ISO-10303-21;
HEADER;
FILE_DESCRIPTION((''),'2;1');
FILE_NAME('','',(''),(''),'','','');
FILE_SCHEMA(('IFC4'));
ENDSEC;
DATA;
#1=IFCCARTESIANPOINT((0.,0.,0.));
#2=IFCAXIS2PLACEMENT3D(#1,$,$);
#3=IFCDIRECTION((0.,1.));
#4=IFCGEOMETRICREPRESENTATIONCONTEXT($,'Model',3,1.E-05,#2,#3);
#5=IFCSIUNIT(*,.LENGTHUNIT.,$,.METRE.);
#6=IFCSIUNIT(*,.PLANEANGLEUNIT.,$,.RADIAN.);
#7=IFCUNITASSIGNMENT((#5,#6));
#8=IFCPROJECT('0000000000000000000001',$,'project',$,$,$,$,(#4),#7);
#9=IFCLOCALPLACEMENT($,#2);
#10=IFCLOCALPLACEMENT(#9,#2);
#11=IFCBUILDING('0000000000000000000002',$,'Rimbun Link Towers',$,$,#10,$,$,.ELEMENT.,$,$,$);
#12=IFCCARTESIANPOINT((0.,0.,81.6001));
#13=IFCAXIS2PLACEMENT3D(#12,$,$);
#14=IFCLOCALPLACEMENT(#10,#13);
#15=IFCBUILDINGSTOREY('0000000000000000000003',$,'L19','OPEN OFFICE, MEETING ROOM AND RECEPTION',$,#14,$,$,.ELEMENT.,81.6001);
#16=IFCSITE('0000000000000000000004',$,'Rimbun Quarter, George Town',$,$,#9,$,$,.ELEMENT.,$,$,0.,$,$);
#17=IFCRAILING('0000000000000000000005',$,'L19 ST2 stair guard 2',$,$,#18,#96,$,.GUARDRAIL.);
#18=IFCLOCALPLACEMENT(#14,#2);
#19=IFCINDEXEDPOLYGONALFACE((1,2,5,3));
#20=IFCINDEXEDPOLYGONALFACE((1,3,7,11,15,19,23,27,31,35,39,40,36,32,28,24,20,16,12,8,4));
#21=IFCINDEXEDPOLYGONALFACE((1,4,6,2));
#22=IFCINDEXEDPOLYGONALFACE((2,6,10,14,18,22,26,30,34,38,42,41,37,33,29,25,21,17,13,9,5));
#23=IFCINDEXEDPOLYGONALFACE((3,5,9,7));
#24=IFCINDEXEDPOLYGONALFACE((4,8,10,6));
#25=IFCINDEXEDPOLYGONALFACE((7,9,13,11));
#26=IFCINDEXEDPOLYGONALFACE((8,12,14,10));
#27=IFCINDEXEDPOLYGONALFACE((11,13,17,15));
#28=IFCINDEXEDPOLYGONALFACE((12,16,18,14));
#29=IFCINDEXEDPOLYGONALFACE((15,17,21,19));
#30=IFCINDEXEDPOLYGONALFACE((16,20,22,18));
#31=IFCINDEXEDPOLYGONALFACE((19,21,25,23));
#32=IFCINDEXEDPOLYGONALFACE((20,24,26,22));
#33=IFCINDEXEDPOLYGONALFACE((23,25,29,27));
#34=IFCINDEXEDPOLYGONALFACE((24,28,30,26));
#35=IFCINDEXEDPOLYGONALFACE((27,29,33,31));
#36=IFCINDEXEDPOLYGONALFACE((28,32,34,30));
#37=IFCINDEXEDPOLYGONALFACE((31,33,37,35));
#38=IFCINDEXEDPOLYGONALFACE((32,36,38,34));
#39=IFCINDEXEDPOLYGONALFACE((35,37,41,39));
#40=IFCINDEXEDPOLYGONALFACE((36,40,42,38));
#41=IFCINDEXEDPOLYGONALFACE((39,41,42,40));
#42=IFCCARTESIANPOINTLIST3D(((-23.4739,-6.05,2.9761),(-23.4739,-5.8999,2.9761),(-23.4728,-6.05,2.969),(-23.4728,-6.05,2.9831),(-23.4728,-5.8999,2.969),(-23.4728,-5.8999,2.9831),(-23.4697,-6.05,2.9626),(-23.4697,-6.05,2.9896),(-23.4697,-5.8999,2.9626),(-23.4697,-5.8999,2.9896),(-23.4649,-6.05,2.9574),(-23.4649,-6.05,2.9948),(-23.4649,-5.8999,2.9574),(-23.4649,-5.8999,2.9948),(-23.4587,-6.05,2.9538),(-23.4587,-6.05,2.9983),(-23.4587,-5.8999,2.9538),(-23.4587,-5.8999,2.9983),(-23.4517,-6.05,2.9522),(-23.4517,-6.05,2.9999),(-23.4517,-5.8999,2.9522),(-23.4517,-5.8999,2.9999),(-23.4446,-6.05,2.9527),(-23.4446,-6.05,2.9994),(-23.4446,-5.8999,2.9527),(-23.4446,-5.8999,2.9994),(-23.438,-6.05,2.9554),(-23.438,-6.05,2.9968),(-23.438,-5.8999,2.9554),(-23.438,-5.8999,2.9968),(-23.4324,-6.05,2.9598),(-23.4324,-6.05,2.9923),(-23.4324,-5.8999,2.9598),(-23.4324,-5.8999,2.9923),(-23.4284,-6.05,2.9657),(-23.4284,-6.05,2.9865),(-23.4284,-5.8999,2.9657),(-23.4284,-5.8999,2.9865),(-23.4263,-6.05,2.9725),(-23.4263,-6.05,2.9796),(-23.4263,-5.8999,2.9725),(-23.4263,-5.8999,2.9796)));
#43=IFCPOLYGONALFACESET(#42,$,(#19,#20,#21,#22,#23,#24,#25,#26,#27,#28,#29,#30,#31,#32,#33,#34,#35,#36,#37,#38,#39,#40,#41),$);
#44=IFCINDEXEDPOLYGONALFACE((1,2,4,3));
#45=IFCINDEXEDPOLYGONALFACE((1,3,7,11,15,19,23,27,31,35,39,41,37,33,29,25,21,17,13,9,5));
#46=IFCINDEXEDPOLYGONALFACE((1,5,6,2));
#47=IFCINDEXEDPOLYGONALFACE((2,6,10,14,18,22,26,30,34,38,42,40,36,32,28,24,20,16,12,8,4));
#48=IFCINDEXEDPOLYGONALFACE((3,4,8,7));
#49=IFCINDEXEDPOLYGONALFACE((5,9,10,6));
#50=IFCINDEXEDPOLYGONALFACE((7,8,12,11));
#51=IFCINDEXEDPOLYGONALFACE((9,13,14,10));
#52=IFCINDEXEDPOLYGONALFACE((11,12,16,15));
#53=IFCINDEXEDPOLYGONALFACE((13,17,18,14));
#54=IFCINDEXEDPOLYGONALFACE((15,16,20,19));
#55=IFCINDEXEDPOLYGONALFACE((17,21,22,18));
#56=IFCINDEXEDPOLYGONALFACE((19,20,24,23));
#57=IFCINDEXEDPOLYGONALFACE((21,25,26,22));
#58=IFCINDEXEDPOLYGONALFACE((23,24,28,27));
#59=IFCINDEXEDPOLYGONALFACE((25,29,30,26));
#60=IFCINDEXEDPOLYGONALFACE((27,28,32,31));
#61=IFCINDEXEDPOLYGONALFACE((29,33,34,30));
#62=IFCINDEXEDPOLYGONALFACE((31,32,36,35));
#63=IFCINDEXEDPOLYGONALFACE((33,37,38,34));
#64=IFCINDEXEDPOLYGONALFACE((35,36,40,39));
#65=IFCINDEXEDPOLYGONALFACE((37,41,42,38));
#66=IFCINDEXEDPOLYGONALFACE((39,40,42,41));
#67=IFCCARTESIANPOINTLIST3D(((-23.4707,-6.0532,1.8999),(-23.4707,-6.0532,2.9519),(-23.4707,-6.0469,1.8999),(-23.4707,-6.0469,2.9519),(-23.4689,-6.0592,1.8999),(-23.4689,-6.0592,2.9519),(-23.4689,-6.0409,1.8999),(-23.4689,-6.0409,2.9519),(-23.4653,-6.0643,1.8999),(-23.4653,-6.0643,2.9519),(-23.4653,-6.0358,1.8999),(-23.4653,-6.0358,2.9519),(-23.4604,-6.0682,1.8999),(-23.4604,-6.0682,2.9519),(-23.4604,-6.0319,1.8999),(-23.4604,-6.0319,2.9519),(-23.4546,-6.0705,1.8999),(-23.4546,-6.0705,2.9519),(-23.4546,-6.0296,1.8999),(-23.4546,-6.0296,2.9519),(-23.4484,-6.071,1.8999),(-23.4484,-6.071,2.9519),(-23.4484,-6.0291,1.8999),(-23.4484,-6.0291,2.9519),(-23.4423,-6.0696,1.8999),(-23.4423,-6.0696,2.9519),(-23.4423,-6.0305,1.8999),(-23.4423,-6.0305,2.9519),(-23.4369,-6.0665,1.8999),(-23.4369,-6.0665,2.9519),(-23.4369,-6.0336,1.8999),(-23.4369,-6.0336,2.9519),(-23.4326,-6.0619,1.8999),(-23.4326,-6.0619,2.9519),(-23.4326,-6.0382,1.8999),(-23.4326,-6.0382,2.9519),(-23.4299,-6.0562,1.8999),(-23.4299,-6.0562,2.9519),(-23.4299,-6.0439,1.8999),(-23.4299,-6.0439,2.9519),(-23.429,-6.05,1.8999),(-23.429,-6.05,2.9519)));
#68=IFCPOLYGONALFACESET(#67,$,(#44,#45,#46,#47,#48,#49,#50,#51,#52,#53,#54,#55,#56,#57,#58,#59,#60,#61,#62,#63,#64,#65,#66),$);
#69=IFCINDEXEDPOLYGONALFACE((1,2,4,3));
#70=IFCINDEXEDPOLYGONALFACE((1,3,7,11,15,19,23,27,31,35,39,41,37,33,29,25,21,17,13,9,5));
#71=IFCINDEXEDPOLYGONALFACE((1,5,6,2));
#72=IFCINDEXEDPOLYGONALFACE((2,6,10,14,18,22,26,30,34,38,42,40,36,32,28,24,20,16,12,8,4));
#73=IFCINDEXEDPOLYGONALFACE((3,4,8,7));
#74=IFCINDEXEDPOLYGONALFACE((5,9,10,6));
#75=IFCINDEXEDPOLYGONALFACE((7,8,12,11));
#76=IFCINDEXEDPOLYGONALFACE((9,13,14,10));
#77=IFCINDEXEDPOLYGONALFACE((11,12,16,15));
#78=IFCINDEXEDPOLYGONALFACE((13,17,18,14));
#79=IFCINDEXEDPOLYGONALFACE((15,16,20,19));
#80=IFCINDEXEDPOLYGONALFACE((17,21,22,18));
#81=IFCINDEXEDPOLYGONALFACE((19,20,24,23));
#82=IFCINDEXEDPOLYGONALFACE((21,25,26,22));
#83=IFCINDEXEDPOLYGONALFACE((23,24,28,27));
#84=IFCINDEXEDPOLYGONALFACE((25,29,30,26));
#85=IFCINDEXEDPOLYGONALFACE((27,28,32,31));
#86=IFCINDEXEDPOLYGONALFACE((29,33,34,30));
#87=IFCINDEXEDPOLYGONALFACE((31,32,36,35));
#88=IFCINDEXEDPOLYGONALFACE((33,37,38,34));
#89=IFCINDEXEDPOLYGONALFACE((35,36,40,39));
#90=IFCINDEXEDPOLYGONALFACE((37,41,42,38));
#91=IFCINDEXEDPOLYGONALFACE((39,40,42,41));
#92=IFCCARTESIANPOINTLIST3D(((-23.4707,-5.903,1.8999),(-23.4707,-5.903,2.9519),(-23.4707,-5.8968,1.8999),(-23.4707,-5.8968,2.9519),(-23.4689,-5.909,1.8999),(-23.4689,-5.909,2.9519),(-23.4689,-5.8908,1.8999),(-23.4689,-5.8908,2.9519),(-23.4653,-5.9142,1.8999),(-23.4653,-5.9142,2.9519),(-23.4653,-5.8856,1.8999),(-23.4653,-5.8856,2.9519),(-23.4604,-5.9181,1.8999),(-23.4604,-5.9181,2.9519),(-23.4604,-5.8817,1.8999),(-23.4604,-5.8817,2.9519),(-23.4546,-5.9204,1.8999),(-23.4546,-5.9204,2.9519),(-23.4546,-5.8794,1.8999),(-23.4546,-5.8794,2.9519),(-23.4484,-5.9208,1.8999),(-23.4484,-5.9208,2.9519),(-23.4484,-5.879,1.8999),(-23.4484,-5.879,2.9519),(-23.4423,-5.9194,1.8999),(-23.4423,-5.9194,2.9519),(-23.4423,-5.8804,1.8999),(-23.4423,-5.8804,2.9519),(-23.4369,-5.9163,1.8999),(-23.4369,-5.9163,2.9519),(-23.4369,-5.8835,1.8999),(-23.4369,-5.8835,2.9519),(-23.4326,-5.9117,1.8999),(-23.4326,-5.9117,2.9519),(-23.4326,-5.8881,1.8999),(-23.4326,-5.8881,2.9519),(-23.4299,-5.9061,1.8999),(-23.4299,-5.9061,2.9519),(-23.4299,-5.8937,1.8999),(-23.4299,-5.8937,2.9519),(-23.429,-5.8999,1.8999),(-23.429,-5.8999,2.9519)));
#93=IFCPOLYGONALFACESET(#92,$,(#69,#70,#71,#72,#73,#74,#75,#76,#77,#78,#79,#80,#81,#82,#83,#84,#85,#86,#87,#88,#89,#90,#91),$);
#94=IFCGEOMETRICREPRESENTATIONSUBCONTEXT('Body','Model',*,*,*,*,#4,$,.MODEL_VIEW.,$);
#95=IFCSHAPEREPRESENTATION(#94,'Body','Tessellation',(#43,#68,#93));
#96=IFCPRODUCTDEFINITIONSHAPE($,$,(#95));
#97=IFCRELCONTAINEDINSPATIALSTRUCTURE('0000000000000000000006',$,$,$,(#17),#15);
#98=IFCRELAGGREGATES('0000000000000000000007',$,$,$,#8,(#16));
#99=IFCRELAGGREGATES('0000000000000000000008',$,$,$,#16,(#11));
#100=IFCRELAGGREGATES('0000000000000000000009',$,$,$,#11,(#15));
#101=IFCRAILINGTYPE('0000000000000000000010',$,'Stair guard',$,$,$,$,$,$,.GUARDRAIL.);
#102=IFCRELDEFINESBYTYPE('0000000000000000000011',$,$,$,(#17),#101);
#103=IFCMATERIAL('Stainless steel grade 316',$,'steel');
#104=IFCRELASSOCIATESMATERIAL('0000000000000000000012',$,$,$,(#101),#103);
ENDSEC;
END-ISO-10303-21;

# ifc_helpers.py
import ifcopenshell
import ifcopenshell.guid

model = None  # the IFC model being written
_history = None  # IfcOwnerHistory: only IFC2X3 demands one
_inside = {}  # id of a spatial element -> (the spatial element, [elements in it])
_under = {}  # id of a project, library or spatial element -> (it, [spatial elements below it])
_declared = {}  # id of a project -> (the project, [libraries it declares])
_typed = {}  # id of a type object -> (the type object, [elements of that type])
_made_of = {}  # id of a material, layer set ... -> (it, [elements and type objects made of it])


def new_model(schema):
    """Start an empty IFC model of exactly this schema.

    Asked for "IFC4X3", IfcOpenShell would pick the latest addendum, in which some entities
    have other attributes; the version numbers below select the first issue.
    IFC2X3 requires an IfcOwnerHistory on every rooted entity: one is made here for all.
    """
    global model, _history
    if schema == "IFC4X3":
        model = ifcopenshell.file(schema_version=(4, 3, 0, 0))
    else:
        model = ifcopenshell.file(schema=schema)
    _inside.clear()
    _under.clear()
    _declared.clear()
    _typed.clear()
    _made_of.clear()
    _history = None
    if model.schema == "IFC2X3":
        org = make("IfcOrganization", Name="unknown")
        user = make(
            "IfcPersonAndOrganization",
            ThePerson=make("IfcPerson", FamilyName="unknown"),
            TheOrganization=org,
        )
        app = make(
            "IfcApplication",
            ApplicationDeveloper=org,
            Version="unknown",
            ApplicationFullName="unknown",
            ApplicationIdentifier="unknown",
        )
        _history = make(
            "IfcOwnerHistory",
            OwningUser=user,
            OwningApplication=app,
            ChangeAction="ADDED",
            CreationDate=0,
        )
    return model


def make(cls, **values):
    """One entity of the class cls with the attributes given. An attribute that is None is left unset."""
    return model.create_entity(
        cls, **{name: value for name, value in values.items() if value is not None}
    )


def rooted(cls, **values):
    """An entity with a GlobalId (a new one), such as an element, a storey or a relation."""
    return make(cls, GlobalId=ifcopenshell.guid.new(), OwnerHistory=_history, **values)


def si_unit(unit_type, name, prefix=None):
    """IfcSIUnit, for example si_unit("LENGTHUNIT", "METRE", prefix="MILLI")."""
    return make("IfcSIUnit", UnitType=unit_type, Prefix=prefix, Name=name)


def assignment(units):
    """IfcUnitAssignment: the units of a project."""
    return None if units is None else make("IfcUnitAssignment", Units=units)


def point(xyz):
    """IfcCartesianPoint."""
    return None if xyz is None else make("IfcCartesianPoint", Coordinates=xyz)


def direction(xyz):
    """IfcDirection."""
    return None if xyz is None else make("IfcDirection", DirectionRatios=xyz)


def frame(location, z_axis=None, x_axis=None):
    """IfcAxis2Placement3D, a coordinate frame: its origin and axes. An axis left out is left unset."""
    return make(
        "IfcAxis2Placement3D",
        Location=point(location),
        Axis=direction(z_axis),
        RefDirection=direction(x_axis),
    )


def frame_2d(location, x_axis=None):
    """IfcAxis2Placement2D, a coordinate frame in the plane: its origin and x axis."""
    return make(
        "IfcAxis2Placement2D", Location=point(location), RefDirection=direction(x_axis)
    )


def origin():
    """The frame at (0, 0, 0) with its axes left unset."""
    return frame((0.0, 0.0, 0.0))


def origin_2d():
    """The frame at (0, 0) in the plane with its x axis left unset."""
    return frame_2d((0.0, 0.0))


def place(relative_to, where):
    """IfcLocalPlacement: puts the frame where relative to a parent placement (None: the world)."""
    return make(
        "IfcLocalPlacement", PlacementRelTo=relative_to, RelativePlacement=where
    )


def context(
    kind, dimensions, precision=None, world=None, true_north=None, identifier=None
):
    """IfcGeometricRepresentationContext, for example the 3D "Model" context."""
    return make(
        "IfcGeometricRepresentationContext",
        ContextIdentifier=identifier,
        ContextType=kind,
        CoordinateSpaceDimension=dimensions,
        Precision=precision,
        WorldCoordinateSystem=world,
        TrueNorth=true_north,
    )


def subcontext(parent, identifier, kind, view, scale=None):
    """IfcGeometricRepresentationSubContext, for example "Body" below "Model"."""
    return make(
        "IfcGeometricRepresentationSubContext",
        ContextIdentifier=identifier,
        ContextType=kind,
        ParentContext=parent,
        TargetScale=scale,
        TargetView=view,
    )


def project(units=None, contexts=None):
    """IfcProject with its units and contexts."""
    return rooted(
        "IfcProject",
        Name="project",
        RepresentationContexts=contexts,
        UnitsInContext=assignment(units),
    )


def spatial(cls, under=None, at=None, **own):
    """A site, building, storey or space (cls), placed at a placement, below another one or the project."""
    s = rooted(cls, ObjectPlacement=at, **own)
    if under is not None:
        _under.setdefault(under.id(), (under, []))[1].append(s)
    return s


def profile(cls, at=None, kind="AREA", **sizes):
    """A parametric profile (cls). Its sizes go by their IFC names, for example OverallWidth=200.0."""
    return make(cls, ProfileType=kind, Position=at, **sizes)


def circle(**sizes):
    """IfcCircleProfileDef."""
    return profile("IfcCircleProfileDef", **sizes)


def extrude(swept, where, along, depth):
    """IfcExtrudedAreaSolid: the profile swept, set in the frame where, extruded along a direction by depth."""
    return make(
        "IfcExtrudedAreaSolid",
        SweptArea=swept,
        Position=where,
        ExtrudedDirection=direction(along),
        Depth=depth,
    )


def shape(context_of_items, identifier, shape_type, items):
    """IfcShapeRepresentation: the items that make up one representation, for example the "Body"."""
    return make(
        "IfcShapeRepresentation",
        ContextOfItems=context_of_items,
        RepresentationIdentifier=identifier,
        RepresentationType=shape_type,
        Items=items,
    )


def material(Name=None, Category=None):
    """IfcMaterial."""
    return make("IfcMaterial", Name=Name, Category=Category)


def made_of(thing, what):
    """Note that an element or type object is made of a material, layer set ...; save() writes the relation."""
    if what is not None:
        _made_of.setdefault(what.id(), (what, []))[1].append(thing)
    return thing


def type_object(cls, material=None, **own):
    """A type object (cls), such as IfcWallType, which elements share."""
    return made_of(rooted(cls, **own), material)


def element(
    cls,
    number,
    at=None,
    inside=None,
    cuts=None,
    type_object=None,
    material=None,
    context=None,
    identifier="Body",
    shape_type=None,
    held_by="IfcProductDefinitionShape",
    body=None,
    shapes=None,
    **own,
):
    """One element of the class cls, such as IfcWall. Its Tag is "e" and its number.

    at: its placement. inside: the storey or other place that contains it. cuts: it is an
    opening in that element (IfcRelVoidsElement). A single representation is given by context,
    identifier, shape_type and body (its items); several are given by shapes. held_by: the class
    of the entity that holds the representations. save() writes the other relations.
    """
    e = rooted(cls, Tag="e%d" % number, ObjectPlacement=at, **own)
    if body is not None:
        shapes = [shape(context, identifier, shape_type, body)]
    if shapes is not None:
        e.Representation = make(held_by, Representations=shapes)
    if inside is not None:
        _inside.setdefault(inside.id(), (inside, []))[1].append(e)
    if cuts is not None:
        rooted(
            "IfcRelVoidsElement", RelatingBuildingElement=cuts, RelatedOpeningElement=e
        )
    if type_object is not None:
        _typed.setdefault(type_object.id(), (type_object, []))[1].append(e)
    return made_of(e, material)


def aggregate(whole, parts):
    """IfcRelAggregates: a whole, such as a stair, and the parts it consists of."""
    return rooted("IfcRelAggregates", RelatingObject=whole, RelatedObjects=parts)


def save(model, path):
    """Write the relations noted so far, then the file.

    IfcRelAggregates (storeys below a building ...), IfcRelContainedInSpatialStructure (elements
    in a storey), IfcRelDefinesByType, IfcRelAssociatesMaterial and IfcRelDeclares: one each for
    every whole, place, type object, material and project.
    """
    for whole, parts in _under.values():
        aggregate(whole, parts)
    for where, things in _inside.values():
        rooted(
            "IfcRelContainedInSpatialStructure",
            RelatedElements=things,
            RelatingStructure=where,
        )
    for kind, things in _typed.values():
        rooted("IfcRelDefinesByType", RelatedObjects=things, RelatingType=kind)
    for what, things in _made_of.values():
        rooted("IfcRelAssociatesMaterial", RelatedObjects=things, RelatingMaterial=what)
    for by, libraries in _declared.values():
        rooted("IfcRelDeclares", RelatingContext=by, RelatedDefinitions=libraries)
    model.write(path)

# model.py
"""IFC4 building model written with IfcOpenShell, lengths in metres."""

from ifc_helpers import new_model, si_unit, direction, frame, origin, origin_2d, place, context, subcontext, project, spatial, circle, extrude, material, type_object, element, save


model = new_model("IFC4")

# Units and contexts
model_context = context("Model", 3, precision=1e-05, world=origin(), true_north=direction((0.0, 1.0)))
body_context = subcontext(model_context, "Body", "Model", "MODEL_VIEW")
ifc_project = project(units=[si_unit("LENGTHUNIT", "METRE"), si_unit("PLANEANGLEUNIT", "RADIAN")], contexts=[model_context])

# Site, building, storey
site_placement = place(None, origin())
site = spatial("IfcSite", under=ifc_project, at=site_placement, Name="Rimbun Quarter, George Town", CompositionType="ELEMENT", RefElevation=0.0)
building_placement = place(site_placement, origin())
building = spatial("IfcBuilding", under=site, at=building_placement, Name="Rimbun Link Towers", CompositionType="ELEMENT")
storey_placement = place(building_placement, frame((0.0, 0.0, 81.6001)))
storey = spatial("IfcBuildingStorey", under=building, at=storey_placement, Name="L19", Description="OPEN OFFICE, MEETING ROOM AND RECEPTION", CompositionType="ELEMENT", Elevation=81.6001)

# Railing
ifc_material_1 = material(Name="Stainless steel grade 316", Category="steel")
railing_type_1 = type_object("IfcRailingType", Name="Stair guard", PredefinedType="GUARDRAIL", material=ifc_material_1)
railing_1_placement = place(storey_placement, frame((-23.45, -6.05, 1.8999)))
element("IfcRailing", 1, at=railing_1_placement, inside=storey, type_object=railing_type_1, Name="L19 ST2 stair guard 2", PredefinedType="GUARDRAIL", context=body_context, shape_type="SweptSolid", body=[
    extrude(circle(Radius=0.0239, at=origin_2d()), frame((0.0, 0.0, 1.0762), z_axis=(0.0, 1.0, 0.0), x_axis=(-1.0, 0.0, 0.0)), (0.0, 0.0, 1.0), 0.1501),
    extrude(circle(Radius=0.021, at=origin_2d()), origin(), (0.0, 0.0, 1.0), 1.052),
    extrude(circle(Radius=0.021, at=origin_2d()), frame((0.0, 0.1501, 0.0)), (0.0, 0.0, 1.0), 1.052),
])

save(model, "model.ifc")
